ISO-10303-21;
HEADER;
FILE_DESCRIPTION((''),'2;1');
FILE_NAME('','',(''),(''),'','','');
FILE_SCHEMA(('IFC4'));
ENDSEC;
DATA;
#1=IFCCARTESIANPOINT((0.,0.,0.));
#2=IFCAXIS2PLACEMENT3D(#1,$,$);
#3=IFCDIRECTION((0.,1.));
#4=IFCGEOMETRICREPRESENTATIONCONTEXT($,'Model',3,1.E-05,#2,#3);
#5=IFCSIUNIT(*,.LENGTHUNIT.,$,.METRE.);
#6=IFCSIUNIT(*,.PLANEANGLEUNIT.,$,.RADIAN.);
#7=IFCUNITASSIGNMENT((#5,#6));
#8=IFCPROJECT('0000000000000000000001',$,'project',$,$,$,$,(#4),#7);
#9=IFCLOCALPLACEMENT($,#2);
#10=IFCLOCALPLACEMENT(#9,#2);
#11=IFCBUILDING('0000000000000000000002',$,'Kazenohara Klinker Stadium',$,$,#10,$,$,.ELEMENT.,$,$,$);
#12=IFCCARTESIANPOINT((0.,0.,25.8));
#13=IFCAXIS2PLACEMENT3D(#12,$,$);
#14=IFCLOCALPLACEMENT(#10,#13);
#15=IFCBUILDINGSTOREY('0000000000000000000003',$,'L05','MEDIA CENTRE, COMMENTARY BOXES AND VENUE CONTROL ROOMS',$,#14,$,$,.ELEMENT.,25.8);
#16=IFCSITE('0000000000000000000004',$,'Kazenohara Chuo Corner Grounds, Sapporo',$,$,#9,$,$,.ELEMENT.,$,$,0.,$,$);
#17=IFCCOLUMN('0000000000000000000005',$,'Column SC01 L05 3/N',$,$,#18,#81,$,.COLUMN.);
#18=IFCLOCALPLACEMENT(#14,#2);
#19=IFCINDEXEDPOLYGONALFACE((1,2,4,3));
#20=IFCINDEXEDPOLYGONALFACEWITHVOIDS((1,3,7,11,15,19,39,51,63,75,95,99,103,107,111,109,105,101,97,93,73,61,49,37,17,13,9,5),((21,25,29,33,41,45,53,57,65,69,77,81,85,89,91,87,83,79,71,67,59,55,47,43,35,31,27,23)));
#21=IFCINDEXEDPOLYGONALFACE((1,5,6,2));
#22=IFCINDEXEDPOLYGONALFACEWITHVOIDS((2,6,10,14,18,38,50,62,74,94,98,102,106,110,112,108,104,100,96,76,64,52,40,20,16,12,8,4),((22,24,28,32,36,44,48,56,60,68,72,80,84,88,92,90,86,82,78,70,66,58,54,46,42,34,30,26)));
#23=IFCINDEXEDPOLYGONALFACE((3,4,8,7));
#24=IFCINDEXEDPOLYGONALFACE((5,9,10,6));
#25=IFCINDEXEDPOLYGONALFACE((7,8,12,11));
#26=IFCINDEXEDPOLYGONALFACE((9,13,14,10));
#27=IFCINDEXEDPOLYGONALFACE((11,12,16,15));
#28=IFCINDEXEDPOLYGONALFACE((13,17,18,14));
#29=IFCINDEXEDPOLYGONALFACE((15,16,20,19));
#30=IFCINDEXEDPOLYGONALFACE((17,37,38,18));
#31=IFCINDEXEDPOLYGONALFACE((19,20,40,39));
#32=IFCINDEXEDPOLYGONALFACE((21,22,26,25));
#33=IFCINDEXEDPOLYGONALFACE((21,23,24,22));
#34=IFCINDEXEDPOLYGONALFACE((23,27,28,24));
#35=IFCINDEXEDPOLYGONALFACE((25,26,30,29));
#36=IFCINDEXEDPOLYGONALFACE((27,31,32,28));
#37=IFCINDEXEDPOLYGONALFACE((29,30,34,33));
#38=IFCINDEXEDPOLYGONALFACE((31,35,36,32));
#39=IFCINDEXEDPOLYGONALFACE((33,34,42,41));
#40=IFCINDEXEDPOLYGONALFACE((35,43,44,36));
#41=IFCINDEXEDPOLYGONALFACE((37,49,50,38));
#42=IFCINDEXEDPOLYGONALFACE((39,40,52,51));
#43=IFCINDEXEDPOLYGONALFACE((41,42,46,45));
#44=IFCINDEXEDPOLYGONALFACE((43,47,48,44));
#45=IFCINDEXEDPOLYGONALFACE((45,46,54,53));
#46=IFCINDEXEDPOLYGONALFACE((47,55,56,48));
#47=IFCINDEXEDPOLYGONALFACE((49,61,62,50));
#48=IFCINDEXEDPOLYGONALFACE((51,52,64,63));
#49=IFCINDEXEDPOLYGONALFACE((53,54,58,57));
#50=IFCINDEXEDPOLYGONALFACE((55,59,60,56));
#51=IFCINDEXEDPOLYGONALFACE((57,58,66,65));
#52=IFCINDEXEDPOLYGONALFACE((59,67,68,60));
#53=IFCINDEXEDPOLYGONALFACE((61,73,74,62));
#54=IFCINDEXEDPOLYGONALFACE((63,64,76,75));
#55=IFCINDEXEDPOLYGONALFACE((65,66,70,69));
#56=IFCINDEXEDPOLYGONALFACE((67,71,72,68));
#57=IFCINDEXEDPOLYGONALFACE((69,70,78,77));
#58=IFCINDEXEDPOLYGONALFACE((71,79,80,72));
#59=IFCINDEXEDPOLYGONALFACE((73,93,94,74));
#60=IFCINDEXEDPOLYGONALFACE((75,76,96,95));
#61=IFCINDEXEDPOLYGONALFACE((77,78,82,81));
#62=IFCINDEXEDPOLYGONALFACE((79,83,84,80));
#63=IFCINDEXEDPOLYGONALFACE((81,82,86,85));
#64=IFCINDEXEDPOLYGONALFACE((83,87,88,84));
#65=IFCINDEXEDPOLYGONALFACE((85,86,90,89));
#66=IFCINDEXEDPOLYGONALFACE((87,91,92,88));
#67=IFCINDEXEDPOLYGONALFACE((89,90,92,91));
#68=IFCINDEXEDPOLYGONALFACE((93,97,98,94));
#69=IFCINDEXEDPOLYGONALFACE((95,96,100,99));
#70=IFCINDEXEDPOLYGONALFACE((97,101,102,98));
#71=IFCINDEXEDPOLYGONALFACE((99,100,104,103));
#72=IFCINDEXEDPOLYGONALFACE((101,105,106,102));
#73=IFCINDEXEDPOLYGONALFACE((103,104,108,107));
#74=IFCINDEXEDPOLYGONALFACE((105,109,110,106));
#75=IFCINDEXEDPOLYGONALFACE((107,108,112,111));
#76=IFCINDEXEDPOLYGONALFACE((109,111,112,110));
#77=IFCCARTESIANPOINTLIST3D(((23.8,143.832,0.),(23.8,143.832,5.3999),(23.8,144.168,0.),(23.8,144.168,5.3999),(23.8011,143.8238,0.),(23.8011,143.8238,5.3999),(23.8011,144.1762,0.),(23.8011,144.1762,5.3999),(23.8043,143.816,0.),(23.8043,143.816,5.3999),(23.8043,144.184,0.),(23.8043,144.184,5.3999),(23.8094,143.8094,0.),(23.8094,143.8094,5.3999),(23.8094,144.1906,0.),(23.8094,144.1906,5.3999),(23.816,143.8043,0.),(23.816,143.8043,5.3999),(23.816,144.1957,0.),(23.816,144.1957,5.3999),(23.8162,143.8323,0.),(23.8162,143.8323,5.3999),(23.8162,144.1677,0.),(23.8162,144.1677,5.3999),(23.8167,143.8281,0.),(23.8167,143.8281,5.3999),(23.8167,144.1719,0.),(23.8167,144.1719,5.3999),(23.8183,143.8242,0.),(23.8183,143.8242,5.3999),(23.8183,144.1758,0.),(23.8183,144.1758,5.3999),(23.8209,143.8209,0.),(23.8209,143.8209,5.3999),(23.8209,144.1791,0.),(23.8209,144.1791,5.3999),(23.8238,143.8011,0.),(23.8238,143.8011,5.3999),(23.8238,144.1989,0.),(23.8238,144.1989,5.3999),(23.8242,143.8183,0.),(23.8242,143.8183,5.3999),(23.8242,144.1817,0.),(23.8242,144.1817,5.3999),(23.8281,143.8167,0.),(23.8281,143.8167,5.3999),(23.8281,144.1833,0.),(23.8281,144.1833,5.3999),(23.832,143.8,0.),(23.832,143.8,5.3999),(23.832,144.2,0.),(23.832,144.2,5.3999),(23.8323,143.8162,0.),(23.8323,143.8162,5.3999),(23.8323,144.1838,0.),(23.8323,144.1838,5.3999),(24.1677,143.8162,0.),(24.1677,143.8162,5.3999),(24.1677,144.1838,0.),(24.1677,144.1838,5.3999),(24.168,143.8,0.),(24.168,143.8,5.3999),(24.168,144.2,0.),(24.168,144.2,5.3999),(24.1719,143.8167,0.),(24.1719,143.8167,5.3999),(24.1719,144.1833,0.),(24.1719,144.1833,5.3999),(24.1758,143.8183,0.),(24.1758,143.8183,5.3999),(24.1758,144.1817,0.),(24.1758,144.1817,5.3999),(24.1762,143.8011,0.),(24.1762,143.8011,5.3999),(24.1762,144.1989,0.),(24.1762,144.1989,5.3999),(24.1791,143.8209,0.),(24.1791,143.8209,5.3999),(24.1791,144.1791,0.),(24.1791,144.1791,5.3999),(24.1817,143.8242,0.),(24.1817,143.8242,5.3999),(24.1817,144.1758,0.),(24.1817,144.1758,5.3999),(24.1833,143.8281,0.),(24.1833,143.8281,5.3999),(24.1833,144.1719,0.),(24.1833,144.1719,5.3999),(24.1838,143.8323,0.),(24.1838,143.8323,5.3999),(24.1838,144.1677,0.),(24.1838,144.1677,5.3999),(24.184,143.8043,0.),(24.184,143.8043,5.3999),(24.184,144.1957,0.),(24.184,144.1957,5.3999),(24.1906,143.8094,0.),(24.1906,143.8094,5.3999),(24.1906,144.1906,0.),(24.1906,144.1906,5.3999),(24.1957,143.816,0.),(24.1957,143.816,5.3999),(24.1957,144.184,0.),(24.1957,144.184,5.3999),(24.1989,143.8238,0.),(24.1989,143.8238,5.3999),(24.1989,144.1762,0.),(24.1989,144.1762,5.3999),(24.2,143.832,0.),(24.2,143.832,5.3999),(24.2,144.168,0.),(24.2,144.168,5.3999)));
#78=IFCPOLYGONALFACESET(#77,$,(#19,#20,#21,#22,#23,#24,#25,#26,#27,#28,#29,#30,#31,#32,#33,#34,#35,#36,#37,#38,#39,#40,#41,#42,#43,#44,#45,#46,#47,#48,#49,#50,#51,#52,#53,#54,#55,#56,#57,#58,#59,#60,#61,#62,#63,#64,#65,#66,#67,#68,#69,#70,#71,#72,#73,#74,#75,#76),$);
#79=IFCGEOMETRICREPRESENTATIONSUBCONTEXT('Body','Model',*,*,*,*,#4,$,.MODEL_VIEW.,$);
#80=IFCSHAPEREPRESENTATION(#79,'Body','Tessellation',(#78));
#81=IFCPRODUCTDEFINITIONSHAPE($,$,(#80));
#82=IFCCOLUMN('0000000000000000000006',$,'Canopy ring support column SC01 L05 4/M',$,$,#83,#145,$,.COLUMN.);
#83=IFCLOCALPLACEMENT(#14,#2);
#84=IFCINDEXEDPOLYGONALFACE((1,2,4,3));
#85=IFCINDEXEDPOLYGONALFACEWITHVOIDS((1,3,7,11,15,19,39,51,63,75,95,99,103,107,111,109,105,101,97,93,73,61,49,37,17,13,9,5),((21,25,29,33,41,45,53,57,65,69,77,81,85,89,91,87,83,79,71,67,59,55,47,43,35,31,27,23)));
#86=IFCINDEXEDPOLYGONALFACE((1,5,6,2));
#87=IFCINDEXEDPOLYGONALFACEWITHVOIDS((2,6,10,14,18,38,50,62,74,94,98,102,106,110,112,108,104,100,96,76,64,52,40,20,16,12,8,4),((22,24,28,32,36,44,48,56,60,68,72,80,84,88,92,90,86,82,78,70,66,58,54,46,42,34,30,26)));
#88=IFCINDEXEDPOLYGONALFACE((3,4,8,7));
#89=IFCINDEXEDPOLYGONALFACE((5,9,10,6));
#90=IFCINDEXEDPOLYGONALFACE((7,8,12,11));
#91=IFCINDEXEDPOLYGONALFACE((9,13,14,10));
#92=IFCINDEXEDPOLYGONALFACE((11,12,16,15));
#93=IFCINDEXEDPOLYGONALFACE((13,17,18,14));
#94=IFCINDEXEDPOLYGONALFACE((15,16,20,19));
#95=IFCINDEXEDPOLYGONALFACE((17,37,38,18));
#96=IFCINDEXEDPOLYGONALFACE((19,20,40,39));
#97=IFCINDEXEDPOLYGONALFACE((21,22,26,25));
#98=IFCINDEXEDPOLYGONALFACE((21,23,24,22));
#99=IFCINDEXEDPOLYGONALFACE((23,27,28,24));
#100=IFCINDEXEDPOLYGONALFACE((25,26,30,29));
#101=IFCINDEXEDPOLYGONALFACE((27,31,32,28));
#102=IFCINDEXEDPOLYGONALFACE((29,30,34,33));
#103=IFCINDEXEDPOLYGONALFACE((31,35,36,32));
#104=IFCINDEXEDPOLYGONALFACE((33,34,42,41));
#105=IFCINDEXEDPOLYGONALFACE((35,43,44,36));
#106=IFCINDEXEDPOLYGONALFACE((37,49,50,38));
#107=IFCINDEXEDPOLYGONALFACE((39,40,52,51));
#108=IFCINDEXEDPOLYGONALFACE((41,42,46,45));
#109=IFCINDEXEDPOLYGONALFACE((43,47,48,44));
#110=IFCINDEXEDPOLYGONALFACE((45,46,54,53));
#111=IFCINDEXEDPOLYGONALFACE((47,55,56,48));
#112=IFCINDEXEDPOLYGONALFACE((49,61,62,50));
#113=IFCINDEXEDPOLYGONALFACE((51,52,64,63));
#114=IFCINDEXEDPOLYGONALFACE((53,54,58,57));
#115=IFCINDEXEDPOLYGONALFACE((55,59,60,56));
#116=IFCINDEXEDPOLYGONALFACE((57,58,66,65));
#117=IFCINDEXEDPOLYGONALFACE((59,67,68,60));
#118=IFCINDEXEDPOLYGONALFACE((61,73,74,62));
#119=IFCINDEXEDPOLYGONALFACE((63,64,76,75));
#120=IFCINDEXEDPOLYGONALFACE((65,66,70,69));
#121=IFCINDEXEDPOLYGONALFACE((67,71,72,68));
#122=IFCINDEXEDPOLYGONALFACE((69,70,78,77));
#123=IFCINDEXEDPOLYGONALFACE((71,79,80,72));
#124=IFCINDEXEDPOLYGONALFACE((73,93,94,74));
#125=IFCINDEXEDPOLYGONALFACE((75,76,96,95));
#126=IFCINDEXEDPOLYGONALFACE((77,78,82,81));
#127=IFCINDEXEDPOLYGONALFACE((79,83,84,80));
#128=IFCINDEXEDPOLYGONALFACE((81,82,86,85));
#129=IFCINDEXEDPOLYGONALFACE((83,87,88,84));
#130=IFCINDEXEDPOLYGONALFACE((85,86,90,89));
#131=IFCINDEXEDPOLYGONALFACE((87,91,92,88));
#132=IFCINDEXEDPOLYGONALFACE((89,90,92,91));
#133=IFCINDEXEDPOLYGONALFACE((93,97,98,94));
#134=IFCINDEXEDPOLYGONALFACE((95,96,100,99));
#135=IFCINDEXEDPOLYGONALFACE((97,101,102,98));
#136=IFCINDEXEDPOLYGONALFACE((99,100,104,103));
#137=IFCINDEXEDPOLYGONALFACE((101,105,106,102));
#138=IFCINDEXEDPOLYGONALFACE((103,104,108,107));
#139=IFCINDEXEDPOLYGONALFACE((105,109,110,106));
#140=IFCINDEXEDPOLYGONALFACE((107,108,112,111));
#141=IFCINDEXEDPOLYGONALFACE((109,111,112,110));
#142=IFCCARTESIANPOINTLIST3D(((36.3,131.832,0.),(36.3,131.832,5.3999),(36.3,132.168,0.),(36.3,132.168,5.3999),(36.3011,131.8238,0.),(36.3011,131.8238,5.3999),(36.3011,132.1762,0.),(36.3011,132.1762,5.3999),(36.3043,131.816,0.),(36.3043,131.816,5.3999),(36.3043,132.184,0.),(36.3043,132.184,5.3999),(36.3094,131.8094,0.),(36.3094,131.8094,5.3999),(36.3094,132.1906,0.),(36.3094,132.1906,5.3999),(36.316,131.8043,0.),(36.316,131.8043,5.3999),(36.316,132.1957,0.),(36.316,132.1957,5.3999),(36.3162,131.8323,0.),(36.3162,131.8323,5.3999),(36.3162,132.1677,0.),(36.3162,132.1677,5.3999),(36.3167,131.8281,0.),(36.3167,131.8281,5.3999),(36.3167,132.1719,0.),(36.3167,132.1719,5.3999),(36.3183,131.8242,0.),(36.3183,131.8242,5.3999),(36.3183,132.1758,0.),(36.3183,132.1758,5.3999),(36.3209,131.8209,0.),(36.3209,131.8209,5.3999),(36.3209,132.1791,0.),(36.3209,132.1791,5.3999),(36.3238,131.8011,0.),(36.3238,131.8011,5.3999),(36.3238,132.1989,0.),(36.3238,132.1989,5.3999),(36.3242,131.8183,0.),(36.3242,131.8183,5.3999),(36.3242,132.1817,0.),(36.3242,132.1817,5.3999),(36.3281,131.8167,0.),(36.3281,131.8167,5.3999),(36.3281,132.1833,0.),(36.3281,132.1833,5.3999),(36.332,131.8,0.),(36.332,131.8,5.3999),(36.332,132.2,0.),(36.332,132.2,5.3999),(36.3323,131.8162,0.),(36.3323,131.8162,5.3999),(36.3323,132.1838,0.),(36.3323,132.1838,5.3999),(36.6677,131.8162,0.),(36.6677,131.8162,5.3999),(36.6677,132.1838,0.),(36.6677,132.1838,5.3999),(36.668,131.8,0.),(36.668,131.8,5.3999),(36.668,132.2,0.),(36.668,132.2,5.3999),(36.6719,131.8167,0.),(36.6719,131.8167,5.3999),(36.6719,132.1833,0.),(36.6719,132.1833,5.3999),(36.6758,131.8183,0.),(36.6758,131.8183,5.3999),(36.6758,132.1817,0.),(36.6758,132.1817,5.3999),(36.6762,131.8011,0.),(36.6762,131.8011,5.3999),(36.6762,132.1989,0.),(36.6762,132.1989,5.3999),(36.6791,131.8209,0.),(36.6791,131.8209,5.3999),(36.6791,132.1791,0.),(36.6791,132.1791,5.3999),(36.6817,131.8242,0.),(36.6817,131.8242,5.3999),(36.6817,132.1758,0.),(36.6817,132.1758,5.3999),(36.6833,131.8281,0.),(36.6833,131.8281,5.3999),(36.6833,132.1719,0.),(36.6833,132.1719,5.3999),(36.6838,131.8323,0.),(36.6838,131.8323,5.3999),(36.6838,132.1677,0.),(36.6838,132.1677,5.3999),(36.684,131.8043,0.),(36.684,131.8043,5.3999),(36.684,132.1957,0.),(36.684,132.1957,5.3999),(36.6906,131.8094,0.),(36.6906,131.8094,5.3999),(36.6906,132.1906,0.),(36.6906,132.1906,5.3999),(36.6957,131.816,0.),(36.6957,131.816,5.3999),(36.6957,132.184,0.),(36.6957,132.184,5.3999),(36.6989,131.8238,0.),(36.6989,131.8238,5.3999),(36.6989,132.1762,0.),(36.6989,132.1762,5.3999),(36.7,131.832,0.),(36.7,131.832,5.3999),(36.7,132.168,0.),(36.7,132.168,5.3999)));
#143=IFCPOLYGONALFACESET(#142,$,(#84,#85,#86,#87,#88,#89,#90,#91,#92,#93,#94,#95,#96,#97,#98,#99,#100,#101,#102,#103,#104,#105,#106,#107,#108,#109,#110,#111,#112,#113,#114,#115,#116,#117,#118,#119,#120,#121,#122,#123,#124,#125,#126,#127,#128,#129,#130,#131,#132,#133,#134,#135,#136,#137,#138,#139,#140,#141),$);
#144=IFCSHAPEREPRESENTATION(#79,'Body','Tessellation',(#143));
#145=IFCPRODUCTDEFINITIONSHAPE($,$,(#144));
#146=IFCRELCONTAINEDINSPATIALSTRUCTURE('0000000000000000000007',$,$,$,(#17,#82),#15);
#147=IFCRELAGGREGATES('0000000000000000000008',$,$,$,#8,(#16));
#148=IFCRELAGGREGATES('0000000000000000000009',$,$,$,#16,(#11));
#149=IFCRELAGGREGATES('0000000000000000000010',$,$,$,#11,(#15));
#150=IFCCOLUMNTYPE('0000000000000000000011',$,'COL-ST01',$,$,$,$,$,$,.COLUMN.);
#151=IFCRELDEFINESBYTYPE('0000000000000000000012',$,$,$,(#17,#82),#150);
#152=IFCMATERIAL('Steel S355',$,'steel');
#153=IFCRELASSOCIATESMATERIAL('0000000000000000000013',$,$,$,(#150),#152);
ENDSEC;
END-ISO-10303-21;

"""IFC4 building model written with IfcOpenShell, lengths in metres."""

from ifc_helpers import new_model, si_unit, direction, frame, origin, origin_2d, place, context, subcontext, project, spatial, hollow_rectangle, extrude, material, material_profile, profile_set, type_object, element, save


model = new_model("IFC4")

# Units and contexts
model_context = context("Model", 3, precision=1e-05, world=origin(), true_north=direction((0.0, 1.0)))
body_context = subcontext(model_context, "Body", "Model", "MODEL_VIEW")
ifc_project = project(units=[si_unit("LENGTHUNIT", "METRE"), si_unit("PLANEANGLEUNIT", "RADIAN")], contexts=[model_context])

# Site, building, storey
site_placement = place(None, origin())
site = spatial("IfcSite", under=ifc_project, at=site_placement, Name="Kazenohara Chuo Corner Grounds, Sapporo", CompositionType="ELEMENT", RefElevation=0.0)
building_placement = place(site_placement, origin())
building = spatial("IfcBuilding", under=site, at=building_placement, Name="Kazenohara Klinker Stadium", CompositionType="ELEMENT")
storey_placement = place(building_placement, frame((0.0, 0.0, 25.8)))
storey = spatial("IfcBuildingStorey", under=building, at=storey_placement, Name="L05", Description="MEDIA CENTRE, COMMENTARY BOXES AND VENUE CONTROL ROOMS", CompositionType="ELEMENT", Elevation=25.8)

# Columns
ifc_material_1 = material(Name="Steel S355", Category="steel")
ifc_material_profile_1 = material_profile(ifc_material_1, hollow_rectangle(XDim=0.3999, YDim=0.3999, WallThickness=0.0161, InnerFilletRadius=0.0161, OuterFilletRadius=0.032, at=origin_2d()), Name="SHS-400x400x16")
ifc_profile_set_1 = profile_set([ifc_material_profile_1], Name="Steel S355")
column_type_1 = type_object("IfcColumnType", Name="COL-ST01", PredefinedType="COLUMN", material=ifc_profile_set_1)
for number, where, z_axis, x_axis, name in (
    (1, (24.0, 144.0, 0.0), (0.0, 0.0, 1.0), (1.0, 0.0, 0.0), "Column SC01 L05 3/N"),
    (2, (36.5, 132.0, 0.0), (0.0, 0.0, 1.0), (1.0, 0.0, 0.0), "Canopy ring support column SC01 L05 4/M"),
):
    element("IfcColumn", number, at=place(storey_placement, frame(where, z_axis=z_axis, x_axis=x_axis)), inside=storey, type_object=column_type_1, Name=name, PredefinedType="COLUMN", context=body_context, shape_type="SweptSolid", body=[
        extrude(hollow_rectangle(XDim=0.3999, YDim=0.3999, WallThickness=0.0161, InnerFilletRadius=0.0161, OuterFilletRadius=0.032, at=origin_2d()), origin(), (0.0, 0.0, 1.0), 5.3999),
    ])

save(model, "model.ifc")
